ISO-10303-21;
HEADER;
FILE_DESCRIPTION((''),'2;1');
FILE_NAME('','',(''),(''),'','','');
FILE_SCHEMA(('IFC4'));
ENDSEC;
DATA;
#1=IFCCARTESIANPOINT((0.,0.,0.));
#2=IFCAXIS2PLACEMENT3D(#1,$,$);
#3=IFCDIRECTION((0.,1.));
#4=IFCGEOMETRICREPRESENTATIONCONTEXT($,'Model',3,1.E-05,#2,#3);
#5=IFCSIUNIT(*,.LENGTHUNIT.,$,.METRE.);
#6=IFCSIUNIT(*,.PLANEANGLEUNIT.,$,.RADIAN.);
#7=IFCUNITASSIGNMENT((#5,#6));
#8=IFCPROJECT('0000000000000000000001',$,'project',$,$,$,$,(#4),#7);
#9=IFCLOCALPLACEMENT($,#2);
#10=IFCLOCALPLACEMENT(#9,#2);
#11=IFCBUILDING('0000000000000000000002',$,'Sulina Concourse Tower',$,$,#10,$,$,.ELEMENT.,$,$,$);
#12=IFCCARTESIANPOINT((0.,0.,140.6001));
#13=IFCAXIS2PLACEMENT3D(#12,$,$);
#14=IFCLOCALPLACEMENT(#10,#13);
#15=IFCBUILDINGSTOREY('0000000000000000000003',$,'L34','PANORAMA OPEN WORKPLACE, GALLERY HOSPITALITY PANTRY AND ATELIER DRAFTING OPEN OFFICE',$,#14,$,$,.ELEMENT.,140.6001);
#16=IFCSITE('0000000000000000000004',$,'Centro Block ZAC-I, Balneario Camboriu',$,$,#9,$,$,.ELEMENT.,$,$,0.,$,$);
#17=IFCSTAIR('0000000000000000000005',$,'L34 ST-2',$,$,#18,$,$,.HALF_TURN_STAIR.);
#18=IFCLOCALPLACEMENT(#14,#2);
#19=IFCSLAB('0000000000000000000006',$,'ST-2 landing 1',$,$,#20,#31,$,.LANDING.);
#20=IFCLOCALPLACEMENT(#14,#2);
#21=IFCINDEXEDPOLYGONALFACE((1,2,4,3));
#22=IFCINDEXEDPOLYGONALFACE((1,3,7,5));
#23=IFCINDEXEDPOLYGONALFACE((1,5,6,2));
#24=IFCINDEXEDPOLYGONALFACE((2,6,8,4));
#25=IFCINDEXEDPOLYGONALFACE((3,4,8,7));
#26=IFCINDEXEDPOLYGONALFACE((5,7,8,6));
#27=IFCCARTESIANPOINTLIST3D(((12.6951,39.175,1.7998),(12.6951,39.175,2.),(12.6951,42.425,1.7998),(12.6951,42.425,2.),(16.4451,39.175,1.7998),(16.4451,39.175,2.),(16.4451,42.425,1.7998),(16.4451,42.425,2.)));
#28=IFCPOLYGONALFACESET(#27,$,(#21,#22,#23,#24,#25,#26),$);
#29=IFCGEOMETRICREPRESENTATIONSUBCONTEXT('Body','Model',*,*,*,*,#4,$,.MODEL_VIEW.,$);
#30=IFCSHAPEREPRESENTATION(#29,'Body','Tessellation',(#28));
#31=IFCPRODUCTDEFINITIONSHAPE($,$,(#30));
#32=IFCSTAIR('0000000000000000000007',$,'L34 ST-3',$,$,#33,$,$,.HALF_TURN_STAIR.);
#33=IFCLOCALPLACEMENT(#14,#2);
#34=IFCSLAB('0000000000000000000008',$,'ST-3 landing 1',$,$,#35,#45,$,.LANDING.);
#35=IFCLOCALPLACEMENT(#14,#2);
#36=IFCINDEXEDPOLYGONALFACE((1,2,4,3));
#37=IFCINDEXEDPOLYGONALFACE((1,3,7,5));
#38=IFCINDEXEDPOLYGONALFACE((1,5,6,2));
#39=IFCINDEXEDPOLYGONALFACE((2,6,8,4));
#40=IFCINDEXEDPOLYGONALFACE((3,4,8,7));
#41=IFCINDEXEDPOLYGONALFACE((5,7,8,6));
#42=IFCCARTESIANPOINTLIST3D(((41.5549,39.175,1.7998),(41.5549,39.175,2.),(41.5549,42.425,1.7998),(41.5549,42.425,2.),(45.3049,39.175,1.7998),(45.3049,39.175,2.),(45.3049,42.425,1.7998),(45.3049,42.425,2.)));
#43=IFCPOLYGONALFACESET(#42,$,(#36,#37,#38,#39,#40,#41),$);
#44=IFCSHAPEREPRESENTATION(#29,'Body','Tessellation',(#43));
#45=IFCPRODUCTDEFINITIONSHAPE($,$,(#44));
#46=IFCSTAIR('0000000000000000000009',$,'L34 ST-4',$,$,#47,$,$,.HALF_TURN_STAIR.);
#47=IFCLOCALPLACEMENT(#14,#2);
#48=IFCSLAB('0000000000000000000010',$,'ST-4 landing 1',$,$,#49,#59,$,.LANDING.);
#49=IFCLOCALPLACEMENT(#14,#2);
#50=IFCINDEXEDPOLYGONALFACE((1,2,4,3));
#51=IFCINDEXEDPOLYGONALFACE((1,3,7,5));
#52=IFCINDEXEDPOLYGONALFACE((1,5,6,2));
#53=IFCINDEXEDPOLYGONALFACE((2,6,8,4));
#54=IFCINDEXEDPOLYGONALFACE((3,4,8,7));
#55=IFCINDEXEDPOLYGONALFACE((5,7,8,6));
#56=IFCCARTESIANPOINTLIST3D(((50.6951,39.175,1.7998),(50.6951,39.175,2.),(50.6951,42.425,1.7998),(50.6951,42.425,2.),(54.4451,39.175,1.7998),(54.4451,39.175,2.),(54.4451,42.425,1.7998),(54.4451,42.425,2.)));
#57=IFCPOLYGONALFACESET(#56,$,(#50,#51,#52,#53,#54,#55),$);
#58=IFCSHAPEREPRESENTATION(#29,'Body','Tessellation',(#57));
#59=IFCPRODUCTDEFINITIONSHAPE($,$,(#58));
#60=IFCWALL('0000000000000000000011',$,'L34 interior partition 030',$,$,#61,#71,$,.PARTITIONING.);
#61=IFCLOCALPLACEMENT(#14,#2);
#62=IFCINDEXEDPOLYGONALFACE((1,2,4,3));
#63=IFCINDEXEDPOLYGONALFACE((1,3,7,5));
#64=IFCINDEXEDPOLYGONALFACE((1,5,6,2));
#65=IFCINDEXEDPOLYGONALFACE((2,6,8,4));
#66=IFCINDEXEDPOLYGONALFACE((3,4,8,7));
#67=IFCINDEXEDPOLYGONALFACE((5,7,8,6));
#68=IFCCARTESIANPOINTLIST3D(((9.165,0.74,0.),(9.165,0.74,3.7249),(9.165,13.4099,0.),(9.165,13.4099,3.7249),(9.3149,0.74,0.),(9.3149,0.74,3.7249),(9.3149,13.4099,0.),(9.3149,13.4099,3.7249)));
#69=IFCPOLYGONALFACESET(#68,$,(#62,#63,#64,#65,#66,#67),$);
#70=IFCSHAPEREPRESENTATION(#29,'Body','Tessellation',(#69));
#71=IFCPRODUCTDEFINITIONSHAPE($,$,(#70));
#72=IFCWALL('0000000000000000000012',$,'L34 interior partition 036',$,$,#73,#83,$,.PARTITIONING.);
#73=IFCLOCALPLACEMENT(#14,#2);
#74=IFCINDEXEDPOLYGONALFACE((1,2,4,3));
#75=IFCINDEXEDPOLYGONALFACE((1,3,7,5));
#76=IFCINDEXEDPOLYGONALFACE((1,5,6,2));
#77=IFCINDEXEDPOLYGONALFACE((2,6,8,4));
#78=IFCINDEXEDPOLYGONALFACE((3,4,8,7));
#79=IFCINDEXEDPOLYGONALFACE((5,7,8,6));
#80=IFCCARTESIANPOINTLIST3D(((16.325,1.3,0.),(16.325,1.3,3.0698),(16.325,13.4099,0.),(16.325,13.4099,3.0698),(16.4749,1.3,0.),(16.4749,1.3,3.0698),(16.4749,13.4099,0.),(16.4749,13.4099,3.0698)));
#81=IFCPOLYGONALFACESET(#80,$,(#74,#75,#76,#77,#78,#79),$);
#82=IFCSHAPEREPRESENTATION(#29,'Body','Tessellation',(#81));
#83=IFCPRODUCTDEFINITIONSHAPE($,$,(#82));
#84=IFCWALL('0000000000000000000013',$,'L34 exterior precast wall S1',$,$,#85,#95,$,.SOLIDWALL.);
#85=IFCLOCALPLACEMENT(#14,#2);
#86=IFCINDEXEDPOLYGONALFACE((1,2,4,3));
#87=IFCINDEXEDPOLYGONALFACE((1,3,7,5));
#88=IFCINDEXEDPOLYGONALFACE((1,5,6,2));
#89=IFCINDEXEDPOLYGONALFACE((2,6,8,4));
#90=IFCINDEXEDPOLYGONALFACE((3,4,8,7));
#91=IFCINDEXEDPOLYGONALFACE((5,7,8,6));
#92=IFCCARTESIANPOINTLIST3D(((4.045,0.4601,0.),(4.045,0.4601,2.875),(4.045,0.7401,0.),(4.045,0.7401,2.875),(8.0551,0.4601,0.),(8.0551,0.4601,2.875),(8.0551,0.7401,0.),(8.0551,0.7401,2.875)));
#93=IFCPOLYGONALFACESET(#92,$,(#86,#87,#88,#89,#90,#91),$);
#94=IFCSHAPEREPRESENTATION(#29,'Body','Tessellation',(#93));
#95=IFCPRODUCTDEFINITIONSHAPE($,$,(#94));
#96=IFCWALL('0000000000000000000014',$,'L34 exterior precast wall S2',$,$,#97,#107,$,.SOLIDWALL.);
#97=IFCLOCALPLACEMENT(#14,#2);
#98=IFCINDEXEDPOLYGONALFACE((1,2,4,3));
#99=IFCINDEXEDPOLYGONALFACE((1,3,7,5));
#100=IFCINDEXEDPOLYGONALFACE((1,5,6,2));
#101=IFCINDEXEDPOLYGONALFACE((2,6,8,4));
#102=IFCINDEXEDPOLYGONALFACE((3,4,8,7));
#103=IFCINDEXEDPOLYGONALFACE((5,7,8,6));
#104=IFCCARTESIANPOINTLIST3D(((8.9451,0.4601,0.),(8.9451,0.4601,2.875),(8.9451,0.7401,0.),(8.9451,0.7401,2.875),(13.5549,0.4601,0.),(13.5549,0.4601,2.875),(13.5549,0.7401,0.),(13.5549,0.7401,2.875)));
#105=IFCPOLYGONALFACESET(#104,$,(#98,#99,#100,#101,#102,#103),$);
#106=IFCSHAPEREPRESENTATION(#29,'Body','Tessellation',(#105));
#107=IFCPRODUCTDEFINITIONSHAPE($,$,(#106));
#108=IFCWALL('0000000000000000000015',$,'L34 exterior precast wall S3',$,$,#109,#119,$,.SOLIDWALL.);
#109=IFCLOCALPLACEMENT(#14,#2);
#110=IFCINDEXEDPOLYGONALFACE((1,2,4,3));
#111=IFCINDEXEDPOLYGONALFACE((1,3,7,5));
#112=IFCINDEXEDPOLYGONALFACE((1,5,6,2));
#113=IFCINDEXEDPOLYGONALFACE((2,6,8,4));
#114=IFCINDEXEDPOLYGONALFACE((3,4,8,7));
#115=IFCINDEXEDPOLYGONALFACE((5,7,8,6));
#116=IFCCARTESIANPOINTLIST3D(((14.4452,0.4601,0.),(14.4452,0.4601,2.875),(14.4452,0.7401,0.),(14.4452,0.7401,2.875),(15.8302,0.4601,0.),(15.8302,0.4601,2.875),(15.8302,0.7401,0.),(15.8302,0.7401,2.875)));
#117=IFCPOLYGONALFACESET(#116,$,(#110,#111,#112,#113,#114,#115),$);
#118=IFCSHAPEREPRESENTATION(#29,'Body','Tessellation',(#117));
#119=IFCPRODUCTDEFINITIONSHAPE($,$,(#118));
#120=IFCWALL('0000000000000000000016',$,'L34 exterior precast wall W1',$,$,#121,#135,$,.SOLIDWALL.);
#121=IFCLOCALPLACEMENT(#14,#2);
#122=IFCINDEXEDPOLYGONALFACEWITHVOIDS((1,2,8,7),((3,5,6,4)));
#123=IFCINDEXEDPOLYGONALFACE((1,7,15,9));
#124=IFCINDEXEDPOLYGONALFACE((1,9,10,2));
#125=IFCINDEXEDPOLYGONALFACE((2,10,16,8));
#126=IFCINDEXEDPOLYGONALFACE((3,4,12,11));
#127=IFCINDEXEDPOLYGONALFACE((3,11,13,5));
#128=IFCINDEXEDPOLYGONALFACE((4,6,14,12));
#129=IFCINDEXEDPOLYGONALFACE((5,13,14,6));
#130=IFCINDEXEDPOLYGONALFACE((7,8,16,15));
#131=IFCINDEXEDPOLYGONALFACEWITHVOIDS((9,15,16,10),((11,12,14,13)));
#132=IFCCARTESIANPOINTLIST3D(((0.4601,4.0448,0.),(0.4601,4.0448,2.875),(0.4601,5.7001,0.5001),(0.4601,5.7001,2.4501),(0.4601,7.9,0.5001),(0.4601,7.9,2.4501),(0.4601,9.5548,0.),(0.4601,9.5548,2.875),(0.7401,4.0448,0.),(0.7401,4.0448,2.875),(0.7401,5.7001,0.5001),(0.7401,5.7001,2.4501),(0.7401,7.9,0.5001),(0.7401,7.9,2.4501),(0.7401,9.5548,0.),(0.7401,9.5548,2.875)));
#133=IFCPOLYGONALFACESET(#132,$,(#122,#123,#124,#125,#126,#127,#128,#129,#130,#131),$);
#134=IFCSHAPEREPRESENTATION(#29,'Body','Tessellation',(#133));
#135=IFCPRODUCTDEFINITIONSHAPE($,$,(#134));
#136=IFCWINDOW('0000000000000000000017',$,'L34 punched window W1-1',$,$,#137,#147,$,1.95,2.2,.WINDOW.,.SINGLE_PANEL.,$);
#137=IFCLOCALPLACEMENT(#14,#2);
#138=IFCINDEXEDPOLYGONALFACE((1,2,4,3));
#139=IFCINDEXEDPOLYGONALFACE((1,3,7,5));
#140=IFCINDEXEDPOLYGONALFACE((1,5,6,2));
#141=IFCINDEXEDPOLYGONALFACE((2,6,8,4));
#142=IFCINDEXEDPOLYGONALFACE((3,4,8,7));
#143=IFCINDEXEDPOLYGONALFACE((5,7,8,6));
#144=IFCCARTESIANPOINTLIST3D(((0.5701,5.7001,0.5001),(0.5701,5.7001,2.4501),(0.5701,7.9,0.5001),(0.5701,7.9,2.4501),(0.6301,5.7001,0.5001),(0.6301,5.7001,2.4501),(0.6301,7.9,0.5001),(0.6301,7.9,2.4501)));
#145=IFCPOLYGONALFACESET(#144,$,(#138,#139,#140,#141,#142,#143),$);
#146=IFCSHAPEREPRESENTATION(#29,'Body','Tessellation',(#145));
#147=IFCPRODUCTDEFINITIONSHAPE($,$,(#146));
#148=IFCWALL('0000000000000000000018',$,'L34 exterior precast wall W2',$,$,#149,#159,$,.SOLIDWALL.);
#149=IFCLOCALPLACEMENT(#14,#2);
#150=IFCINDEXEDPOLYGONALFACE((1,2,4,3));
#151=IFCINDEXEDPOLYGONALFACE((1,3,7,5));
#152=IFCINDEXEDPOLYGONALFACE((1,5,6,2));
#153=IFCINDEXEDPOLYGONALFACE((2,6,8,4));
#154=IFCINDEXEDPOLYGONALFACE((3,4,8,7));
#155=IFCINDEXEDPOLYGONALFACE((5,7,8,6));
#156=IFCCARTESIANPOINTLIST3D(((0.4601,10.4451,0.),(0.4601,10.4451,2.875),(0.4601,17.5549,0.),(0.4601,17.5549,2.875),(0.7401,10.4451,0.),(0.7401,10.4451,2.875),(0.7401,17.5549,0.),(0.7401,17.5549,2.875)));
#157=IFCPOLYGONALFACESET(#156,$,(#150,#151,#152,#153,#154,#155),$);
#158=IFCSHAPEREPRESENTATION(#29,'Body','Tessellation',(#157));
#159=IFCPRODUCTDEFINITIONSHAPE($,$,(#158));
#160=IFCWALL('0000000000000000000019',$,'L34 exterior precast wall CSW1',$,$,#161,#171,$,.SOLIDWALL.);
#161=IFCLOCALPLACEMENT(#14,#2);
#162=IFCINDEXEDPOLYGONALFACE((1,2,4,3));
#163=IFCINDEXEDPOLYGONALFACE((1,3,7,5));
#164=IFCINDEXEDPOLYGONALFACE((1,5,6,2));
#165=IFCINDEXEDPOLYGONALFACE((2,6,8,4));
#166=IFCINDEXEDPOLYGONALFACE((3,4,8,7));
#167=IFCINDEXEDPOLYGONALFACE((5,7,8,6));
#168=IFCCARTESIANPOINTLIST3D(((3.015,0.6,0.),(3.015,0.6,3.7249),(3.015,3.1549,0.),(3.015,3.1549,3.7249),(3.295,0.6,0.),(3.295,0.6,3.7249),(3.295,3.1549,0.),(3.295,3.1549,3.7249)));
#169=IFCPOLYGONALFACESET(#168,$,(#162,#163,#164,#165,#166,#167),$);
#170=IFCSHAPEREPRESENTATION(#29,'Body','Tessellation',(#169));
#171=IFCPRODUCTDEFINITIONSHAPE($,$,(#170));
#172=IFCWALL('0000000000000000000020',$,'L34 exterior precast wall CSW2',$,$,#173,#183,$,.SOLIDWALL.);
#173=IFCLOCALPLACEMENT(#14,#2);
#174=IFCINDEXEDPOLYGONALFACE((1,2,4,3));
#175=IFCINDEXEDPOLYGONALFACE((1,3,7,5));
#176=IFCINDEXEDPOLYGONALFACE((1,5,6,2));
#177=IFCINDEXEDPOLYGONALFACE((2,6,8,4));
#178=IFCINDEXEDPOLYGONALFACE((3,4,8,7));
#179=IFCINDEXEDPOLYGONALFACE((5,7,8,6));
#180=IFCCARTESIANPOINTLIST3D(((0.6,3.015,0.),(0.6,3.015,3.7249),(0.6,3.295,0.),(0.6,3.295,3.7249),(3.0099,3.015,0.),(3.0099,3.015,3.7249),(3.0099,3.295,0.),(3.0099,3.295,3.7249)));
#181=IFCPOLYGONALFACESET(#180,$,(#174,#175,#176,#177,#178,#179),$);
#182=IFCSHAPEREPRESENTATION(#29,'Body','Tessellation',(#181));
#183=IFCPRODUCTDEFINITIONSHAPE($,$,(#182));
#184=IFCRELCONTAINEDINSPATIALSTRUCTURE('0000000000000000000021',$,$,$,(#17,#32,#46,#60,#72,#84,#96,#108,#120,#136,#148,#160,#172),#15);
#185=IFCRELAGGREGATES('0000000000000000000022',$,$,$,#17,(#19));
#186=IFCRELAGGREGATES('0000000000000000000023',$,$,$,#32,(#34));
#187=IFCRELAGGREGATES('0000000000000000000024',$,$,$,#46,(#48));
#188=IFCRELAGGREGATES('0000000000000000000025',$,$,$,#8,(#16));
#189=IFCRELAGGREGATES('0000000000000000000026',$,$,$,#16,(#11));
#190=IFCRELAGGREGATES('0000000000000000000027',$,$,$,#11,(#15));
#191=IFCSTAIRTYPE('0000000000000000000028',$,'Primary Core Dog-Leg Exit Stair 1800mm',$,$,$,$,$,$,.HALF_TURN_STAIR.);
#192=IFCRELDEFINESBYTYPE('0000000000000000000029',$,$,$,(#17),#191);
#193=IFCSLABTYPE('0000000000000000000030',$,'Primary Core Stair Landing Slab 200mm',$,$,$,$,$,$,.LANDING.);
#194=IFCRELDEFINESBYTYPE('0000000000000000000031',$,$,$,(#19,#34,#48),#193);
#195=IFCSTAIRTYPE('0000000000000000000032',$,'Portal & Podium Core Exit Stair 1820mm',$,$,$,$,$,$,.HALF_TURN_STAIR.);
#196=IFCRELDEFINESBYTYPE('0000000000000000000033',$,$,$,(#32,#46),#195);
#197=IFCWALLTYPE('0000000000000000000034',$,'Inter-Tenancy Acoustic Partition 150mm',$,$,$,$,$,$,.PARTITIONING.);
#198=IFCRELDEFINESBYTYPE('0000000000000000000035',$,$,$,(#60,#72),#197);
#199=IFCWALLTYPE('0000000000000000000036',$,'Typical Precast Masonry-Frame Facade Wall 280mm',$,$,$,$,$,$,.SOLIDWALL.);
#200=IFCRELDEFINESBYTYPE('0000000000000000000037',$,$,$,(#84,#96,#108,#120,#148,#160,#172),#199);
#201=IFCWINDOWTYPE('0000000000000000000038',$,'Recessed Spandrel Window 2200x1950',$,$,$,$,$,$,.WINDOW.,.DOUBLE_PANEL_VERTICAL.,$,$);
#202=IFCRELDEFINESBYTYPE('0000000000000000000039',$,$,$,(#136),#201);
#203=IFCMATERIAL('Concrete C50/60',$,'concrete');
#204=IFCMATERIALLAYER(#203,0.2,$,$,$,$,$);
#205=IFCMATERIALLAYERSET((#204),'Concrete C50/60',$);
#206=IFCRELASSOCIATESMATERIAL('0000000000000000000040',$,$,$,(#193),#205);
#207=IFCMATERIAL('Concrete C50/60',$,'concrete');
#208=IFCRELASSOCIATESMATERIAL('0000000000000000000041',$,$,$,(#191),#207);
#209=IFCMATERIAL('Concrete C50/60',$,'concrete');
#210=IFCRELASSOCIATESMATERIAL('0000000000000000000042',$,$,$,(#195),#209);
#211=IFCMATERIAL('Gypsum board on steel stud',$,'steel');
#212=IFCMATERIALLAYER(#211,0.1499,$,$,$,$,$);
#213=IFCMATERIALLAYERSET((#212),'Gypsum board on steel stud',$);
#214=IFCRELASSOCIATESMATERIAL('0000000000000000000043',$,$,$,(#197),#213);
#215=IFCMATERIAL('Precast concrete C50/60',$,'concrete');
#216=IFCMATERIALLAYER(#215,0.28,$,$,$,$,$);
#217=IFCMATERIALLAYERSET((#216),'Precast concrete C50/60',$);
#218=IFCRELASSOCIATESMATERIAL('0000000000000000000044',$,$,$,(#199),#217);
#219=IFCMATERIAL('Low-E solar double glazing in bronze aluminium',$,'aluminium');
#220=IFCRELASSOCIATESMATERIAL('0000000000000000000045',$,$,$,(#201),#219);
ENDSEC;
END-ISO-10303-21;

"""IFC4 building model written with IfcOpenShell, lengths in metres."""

from ifc_helpers import new_model, si_unit, direction, frame, frame_2d, origin, place, context, subcontext, project, spatial, polyline, rectangle, outline, extrude, material, layer, layer_set, type_object, element, fill, aggregate, save


model = new_model("IFC4")

# Units and contexts
model_context = context("Model", 3, precision=1e-05, world=origin(), true_north=direction((0.0, 1.0)))
body_context = subcontext(model_context, "Body", "Model", "MODEL_VIEW")
ifc_project = project(units=[si_unit("LENGTHUNIT", "METRE"), si_unit("PLANEANGLEUNIT", "RADIAN")], contexts=[model_context])

# Site, building, storey
site_placement = place(None, origin())
site = spatial("IfcSite", under=ifc_project, at=site_placement, Name="Centro Block ZAC-I, Balneario Camboriu", CompositionType="ELEMENT", RefElevation=0.0)
building_placement = place(site_placement, origin())
building = spatial("IfcBuilding", under=site, at=building_placement, Name="Sulina Concourse Tower", CompositionType="ELEMENT")
storey_placement = place(building_placement, frame((0.0, 0.0, 140.6001)))
storey = spatial("IfcBuildingStorey", under=building, at=storey_placement, Name="L34", Description="PANORAMA OPEN WORKPLACE, GALLERY HOSPITALITY PANTRY AND ATELIER DRAFTING OPEN OFFICE", CompositionType="ELEMENT", Elevation=140.6001)

# Shared definitions
ifc_material_1 = material(Name="Concrete C50/60", Category="concrete")
ifc_layer_1 = layer(ifc_material_1, 0.2)
ifc_layer_set_1 = layer_set([ifc_layer_1], Name="Concrete C50/60")
slab_type_1 = type_object("IfcSlabType", Name="Primary Core Stair Landing Slab 200mm", PredefinedType="LANDING", material=ifc_layer_set_1)

# Stairs, slabs
ifc_material_2 = material(Name="Concrete C50/60", Category="concrete")
stair_type_1 = type_object("IfcStairType", Name="Primary Core Dog-Leg Exit Stair 1800mm", PredefinedType="HALF_TURN_STAIR", material=ifc_material_2)
stair_1_placement = place(storey_placement, origin())
stair_1 = element("IfcStair", 1, at=stair_1_placement, inside=storey, type_object=stair_type_1, Name="L34 ST-2", PredefinedType="HALF_TURN_STAIR")
slab_1_placement = place(storey_placement, frame((0.0, 0.0, 1.7998)))
slab_1 = element("IfcSlab", 2, at=slab_1_placement, type_object=slab_type_1, Name="ST-2 landing 1", PredefinedType="LANDING", context=body_context, shape_type="SweptSolid", body=[
    extrude(outline(polyline([(16.4451, 39.175), (16.4451, 42.425), (12.6951, 42.425), (12.6951, 39.175), (16.4451, 39.175)])), origin(), (0.0, 0.0, 1.0), 0.2002),
])
aggregate(stair_1, [slab_1])
ifc_material_3 = material(Name="Concrete C50/60", Category="concrete")
stair_type_2 = type_object("IfcStairType", Name="Portal & Podium Core Exit Stair 1820mm", PredefinedType="HALF_TURN_STAIR", material=ifc_material_3)
stair_2_placement = place(storey_placement, origin())
stair_2 = element("IfcStair", 3, at=stair_2_placement, inside=storey, type_object=stair_type_2, Name="L34 ST-3", PredefinedType="HALF_TURN_STAIR")
slab_2_placement = place(storey_placement, frame((0.0, 0.0, 1.7998)))
slab_2 = element("IfcSlab", 4, at=slab_2_placement, type_object=slab_type_1, Name="ST-3 landing 1", PredefinedType="LANDING", context=body_context, shape_type="SweptSolid", body=[
    extrude(outline(polyline([(45.3049, 39.175), (45.3049, 42.425), (41.5549, 42.425), (41.5549, 39.175), (45.3049, 39.175)])), origin(), (0.0, 0.0, 1.0), 0.2002),
])
aggregate(stair_2, [slab_2])
stair_3_placement = place(storey_placement, origin())
stair_3 = element("IfcStair", 5, at=stair_3_placement, inside=storey, type_object=stair_type_2, Name="L34 ST-4", PredefinedType="HALF_TURN_STAIR")
slab_3_placement = place(storey_placement, frame((0.0, 0.0, 1.7998)))
slab_3 = element("IfcSlab", 6, at=slab_3_placement, type_object=slab_type_1, Name="ST-4 landing 1", PredefinedType="LANDING", context=body_context, shape_type="SweptSolid", body=[
    extrude(outline(polyline([(54.4451, 39.175), (54.4451, 42.425), (50.6951, 42.425), (50.6951, 39.175), (54.4451, 39.175)])), origin(), (0.0, 0.0, 1.0), 0.2002),
])
aggregate(stair_3, [slab_3])

# Walls
ifc_material_4 = material(Name="Gypsum board on steel stud", Category="steel")
ifc_layer_2 = layer(ifc_material_4, 0.1499)
ifc_layer_set_2 = layer_set([ifc_layer_2], Name="Gypsum board on steel stud")
wall_type_1 = type_object("IfcWallType", Name="Inter-Tenancy Acoustic Partition 150mm", PredefinedType="PARTITIONING", material=ifc_layer_set_2)
wall_1_placement = place(storey_placement, frame((9.24, 0.74, 0.0), z_axis=(0.0, 0.0, 1.0), x_axis=(0.0, 1.0, 0.0)))
element("IfcWall", 7, at=wall_1_placement, inside=storey, type_object=wall_type_1, Name="L34 interior partition 030", PredefinedType="PARTITIONING", context=body_context, shape_type="SweptSolid", body=[
    extrude(rectangle(XDim=12.6699, YDim=0.1499, at=frame_2d((6.335, 0.0))), origin(), (0.0, 0.0, 1.0), 3.7249),
])
wall_2_placement = place(storey_placement, frame((16.3999, 1.3, 0.0), z_axis=(0.0, 0.0, 1.0), x_axis=(0.0, 1.0, 0.0)))
element("IfcWall", 8, at=wall_2_placement, inside=storey, type_object=wall_type_1, Name="L34 interior partition 036", PredefinedType="PARTITIONING", context=body_context, shape_type="SweptSolid", body=[
    extrude(rectangle(XDim=12.1099, YDim=0.1499, at=frame_2d((6.0549, 0.0))), origin(), (0.0, 0.0, 1.0), 3.0698),
])
ifc_material_5 = material(Name="Precast concrete C50/60", Category="concrete")
ifc_layer_3 = layer(ifc_material_5, 0.28)
ifc_layer_set_3 = layer_set([ifc_layer_3], Name="Precast concrete C50/60")
wall_type_2 = type_object("IfcWallType", Name="Typical Precast Masonry-Frame Facade Wall 280mm", PredefinedType="SOLIDWALL", material=ifc_layer_set_3)
wall_3_placement = place(storey_placement, frame((8.0549, 0.6001, 0.0), z_axis=(0.0, 0.0, 1.0), x_axis=(-1.0, 0.0, 0.0)))
element("IfcWall", 9, at=wall_3_placement, inside=storey, type_object=wall_type_2, Name="L34 exterior precast wall S1", PredefinedType="SOLIDWALL", context=body_context, shape_type="SweptSolid", body=[
    extrude(rectangle(XDim=4.01, YDim=0.28, at=frame_2d((2.0049, 0.0))), origin(), (0.0, 0.0, 1.0), 2.875),
])
wall_4_placement = place(storey_placement, frame((13.5549, 0.6001, 0.0), z_axis=(0.0, 0.0, 1.0), x_axis=(-1.0, 0.0, 0.0)))
element("IfcWall", 10, at=wall_4_placement, inside=storey, type_object=wall_type_2, Name="L34 exterior precast wall S2", PredefinedType="SOLIDWALL", context=body_context, shape_type="SweptSolid", body=[
    extrude(rectangle(XDim=4.6099, YDim=0.28, at=frame_2d((2.3049, 0.0))), origin(), (0.0, 0.0, 1.0), 2.875),
])
wall_5_placement = place(storey_placement, frame((15.8301, 0.6001, 0.0), z_axis=(0.0, 0.0, 1.0), x_axis=(-1.0, 0.0, 0.0)))
element("IfcWall", 11, at=wall_5_placement, inside=storey, type_object=wall_type_2, Name="L34 exterior precast wall S3", PredefinedType="SOLIDWALL", context=body_context, shape_type="SweptSolid", body=[
    extrude(rectangle(XDim=1.385, YDim=0.28, at=frame_2d((0.6924, 0.0))), origin(), (0.0, 0.0, 1.0), 2.875),
])

# Wall, opening, window
wall_6_placement = place(storey_placement, frame((0.6001, 4.0449, 0.0), z_axis=(0.0, 0.0, 1.0), x_axis=(0.0, 1.0, 0.0)))
wall_6 = element("IfcWall", 12, at=wall_6_placement, inside=storey, type_object=wall_type_2, Name="L34 exterior precast wall W1", PredefinedType="SOLIDWALL", context=body_context, shape_type="SweptSolid", body=[
    extrude(rectangle(XDim=5.51, YDim=0.28, at=frame_2d((2.7549, 0.0))), origin(), (0.0, 0.0, 1.0), 2.875),
])
opening_placement = place(wall_6_placement, frame((1.655, 0.0, 0.5)))
opening = element("IfcOpeningElement", 13, at=opening_placement, cuts=wall_6, PredefinedType="OPENING", context=body_context, shape_type="SweptSolid", body=[
    extrude(rectangle(XDim=2.2, YDim=1.95, at=frame_2d((1.1001, 0.9751))), frame((0.0, 0.1499, 0.0), z_axis=(0.0, -1.0, 0.0), x_axis=(1.0, 0.0, 0.0)), (0.0, 0.0, 1.0), 0.3),
])
ifc_material_6 = material(Name="Low-E solar double glazing in bronze aluminium", Category="aluminium")
window_type = type_object("IfcWindowType", Name="Recessed Spandrel Window 2200x1950", PartitioningType="DOUBLE_PANEL_VERTICAL", PredefinedType="WINDOW", material=ifc_material_6)
window_placement = place(opening_placement, origin())
window = element("IfcWindow", 14, at=window_placement, inside=storey, type_object=window_type, Name="L34 punched window W1-1", OverallHeight=1.95, OverallWidth=2.2, PartitioningType="SINGLE_PANEL", PredefinedType="WINDOW", context=body_context, shape_type="SweptSolid", body=[
    extrude(rectangle(XDim=2.2, YDim=1.95, at=frame_2d((1.1001, 0.9751))), frame((0.0, 0.03, 0.0), z_axis=(0.0, -1.0, 0.0), x_axis=(1.0, 0.0, 0.0)), (0.0, 0.0, 1.0), 0.0601),
])
fill(opening, window)

# Walls
wall_7_placement = place(storey_placement, frame((0.6001, 10.4451, 0.0), z_axis=(0.0, 0.0, 1.0), x_axis=(0.0, 1.0, 0.0)))
element("IfcWall", 15, at=wall_7_placement, inside=storey, type_object=wall_type_2, Name="L34 exterior precast wall W2", PredefinedType="SOLIDWALL", context=body_context, shape_type="SweptSolid", body=[
    extrude(rectangle(XDim=7.1099, YDim=0.28, at=frame_2d((3.5549, 0.0))), origin(), (0.0, 0.0, 1.0), 2.875),
])
wall_8_placement = place(storey_placement, frame((3.155, 0.6001, 0.0), z_axis=(0.0, 0.0, 1.0), x_axis=(0.0, 1.0, 0.0)))
element("IfcWall", 16, at=wall_8_placement, inside=storey, type_object=wall_type_2, Name="L34 exterior precast wall CSW1", PredefinedType="SOLIDWALL", context=body_context, shape_type="SweptSolid", body=[
    extrude(rectangle(XDim=2.5549, YDim=0.28, at=frame_2d((1.2773, 0.0))), origin(), (0.0, 0.0, 1.0), 3.7249),
])
wall_9_placement = place(storey_placement, frame((3.01, 3.155, 0.0), z_axis=(0.0, 0.0, 1.0), x_axis=(-1.0, 0.0, 0.0)))
element("IfcWall", 17, at=wall_9_placement, inside=storey, type_object=wall_type_2, Name="L34 exterior precast wall CSW2", PredefinedType="SOLIDWALL", context=body_context, shape_type="SweptSolid", body=[
    extrude(rectangle(XDim=2.4099, YDim=0.28, at=frame_2d((1.2051, 0.0))), origin(), (0.0, 0.0, 1.0), 3.7249),
])

save(model, "model.ifc")
